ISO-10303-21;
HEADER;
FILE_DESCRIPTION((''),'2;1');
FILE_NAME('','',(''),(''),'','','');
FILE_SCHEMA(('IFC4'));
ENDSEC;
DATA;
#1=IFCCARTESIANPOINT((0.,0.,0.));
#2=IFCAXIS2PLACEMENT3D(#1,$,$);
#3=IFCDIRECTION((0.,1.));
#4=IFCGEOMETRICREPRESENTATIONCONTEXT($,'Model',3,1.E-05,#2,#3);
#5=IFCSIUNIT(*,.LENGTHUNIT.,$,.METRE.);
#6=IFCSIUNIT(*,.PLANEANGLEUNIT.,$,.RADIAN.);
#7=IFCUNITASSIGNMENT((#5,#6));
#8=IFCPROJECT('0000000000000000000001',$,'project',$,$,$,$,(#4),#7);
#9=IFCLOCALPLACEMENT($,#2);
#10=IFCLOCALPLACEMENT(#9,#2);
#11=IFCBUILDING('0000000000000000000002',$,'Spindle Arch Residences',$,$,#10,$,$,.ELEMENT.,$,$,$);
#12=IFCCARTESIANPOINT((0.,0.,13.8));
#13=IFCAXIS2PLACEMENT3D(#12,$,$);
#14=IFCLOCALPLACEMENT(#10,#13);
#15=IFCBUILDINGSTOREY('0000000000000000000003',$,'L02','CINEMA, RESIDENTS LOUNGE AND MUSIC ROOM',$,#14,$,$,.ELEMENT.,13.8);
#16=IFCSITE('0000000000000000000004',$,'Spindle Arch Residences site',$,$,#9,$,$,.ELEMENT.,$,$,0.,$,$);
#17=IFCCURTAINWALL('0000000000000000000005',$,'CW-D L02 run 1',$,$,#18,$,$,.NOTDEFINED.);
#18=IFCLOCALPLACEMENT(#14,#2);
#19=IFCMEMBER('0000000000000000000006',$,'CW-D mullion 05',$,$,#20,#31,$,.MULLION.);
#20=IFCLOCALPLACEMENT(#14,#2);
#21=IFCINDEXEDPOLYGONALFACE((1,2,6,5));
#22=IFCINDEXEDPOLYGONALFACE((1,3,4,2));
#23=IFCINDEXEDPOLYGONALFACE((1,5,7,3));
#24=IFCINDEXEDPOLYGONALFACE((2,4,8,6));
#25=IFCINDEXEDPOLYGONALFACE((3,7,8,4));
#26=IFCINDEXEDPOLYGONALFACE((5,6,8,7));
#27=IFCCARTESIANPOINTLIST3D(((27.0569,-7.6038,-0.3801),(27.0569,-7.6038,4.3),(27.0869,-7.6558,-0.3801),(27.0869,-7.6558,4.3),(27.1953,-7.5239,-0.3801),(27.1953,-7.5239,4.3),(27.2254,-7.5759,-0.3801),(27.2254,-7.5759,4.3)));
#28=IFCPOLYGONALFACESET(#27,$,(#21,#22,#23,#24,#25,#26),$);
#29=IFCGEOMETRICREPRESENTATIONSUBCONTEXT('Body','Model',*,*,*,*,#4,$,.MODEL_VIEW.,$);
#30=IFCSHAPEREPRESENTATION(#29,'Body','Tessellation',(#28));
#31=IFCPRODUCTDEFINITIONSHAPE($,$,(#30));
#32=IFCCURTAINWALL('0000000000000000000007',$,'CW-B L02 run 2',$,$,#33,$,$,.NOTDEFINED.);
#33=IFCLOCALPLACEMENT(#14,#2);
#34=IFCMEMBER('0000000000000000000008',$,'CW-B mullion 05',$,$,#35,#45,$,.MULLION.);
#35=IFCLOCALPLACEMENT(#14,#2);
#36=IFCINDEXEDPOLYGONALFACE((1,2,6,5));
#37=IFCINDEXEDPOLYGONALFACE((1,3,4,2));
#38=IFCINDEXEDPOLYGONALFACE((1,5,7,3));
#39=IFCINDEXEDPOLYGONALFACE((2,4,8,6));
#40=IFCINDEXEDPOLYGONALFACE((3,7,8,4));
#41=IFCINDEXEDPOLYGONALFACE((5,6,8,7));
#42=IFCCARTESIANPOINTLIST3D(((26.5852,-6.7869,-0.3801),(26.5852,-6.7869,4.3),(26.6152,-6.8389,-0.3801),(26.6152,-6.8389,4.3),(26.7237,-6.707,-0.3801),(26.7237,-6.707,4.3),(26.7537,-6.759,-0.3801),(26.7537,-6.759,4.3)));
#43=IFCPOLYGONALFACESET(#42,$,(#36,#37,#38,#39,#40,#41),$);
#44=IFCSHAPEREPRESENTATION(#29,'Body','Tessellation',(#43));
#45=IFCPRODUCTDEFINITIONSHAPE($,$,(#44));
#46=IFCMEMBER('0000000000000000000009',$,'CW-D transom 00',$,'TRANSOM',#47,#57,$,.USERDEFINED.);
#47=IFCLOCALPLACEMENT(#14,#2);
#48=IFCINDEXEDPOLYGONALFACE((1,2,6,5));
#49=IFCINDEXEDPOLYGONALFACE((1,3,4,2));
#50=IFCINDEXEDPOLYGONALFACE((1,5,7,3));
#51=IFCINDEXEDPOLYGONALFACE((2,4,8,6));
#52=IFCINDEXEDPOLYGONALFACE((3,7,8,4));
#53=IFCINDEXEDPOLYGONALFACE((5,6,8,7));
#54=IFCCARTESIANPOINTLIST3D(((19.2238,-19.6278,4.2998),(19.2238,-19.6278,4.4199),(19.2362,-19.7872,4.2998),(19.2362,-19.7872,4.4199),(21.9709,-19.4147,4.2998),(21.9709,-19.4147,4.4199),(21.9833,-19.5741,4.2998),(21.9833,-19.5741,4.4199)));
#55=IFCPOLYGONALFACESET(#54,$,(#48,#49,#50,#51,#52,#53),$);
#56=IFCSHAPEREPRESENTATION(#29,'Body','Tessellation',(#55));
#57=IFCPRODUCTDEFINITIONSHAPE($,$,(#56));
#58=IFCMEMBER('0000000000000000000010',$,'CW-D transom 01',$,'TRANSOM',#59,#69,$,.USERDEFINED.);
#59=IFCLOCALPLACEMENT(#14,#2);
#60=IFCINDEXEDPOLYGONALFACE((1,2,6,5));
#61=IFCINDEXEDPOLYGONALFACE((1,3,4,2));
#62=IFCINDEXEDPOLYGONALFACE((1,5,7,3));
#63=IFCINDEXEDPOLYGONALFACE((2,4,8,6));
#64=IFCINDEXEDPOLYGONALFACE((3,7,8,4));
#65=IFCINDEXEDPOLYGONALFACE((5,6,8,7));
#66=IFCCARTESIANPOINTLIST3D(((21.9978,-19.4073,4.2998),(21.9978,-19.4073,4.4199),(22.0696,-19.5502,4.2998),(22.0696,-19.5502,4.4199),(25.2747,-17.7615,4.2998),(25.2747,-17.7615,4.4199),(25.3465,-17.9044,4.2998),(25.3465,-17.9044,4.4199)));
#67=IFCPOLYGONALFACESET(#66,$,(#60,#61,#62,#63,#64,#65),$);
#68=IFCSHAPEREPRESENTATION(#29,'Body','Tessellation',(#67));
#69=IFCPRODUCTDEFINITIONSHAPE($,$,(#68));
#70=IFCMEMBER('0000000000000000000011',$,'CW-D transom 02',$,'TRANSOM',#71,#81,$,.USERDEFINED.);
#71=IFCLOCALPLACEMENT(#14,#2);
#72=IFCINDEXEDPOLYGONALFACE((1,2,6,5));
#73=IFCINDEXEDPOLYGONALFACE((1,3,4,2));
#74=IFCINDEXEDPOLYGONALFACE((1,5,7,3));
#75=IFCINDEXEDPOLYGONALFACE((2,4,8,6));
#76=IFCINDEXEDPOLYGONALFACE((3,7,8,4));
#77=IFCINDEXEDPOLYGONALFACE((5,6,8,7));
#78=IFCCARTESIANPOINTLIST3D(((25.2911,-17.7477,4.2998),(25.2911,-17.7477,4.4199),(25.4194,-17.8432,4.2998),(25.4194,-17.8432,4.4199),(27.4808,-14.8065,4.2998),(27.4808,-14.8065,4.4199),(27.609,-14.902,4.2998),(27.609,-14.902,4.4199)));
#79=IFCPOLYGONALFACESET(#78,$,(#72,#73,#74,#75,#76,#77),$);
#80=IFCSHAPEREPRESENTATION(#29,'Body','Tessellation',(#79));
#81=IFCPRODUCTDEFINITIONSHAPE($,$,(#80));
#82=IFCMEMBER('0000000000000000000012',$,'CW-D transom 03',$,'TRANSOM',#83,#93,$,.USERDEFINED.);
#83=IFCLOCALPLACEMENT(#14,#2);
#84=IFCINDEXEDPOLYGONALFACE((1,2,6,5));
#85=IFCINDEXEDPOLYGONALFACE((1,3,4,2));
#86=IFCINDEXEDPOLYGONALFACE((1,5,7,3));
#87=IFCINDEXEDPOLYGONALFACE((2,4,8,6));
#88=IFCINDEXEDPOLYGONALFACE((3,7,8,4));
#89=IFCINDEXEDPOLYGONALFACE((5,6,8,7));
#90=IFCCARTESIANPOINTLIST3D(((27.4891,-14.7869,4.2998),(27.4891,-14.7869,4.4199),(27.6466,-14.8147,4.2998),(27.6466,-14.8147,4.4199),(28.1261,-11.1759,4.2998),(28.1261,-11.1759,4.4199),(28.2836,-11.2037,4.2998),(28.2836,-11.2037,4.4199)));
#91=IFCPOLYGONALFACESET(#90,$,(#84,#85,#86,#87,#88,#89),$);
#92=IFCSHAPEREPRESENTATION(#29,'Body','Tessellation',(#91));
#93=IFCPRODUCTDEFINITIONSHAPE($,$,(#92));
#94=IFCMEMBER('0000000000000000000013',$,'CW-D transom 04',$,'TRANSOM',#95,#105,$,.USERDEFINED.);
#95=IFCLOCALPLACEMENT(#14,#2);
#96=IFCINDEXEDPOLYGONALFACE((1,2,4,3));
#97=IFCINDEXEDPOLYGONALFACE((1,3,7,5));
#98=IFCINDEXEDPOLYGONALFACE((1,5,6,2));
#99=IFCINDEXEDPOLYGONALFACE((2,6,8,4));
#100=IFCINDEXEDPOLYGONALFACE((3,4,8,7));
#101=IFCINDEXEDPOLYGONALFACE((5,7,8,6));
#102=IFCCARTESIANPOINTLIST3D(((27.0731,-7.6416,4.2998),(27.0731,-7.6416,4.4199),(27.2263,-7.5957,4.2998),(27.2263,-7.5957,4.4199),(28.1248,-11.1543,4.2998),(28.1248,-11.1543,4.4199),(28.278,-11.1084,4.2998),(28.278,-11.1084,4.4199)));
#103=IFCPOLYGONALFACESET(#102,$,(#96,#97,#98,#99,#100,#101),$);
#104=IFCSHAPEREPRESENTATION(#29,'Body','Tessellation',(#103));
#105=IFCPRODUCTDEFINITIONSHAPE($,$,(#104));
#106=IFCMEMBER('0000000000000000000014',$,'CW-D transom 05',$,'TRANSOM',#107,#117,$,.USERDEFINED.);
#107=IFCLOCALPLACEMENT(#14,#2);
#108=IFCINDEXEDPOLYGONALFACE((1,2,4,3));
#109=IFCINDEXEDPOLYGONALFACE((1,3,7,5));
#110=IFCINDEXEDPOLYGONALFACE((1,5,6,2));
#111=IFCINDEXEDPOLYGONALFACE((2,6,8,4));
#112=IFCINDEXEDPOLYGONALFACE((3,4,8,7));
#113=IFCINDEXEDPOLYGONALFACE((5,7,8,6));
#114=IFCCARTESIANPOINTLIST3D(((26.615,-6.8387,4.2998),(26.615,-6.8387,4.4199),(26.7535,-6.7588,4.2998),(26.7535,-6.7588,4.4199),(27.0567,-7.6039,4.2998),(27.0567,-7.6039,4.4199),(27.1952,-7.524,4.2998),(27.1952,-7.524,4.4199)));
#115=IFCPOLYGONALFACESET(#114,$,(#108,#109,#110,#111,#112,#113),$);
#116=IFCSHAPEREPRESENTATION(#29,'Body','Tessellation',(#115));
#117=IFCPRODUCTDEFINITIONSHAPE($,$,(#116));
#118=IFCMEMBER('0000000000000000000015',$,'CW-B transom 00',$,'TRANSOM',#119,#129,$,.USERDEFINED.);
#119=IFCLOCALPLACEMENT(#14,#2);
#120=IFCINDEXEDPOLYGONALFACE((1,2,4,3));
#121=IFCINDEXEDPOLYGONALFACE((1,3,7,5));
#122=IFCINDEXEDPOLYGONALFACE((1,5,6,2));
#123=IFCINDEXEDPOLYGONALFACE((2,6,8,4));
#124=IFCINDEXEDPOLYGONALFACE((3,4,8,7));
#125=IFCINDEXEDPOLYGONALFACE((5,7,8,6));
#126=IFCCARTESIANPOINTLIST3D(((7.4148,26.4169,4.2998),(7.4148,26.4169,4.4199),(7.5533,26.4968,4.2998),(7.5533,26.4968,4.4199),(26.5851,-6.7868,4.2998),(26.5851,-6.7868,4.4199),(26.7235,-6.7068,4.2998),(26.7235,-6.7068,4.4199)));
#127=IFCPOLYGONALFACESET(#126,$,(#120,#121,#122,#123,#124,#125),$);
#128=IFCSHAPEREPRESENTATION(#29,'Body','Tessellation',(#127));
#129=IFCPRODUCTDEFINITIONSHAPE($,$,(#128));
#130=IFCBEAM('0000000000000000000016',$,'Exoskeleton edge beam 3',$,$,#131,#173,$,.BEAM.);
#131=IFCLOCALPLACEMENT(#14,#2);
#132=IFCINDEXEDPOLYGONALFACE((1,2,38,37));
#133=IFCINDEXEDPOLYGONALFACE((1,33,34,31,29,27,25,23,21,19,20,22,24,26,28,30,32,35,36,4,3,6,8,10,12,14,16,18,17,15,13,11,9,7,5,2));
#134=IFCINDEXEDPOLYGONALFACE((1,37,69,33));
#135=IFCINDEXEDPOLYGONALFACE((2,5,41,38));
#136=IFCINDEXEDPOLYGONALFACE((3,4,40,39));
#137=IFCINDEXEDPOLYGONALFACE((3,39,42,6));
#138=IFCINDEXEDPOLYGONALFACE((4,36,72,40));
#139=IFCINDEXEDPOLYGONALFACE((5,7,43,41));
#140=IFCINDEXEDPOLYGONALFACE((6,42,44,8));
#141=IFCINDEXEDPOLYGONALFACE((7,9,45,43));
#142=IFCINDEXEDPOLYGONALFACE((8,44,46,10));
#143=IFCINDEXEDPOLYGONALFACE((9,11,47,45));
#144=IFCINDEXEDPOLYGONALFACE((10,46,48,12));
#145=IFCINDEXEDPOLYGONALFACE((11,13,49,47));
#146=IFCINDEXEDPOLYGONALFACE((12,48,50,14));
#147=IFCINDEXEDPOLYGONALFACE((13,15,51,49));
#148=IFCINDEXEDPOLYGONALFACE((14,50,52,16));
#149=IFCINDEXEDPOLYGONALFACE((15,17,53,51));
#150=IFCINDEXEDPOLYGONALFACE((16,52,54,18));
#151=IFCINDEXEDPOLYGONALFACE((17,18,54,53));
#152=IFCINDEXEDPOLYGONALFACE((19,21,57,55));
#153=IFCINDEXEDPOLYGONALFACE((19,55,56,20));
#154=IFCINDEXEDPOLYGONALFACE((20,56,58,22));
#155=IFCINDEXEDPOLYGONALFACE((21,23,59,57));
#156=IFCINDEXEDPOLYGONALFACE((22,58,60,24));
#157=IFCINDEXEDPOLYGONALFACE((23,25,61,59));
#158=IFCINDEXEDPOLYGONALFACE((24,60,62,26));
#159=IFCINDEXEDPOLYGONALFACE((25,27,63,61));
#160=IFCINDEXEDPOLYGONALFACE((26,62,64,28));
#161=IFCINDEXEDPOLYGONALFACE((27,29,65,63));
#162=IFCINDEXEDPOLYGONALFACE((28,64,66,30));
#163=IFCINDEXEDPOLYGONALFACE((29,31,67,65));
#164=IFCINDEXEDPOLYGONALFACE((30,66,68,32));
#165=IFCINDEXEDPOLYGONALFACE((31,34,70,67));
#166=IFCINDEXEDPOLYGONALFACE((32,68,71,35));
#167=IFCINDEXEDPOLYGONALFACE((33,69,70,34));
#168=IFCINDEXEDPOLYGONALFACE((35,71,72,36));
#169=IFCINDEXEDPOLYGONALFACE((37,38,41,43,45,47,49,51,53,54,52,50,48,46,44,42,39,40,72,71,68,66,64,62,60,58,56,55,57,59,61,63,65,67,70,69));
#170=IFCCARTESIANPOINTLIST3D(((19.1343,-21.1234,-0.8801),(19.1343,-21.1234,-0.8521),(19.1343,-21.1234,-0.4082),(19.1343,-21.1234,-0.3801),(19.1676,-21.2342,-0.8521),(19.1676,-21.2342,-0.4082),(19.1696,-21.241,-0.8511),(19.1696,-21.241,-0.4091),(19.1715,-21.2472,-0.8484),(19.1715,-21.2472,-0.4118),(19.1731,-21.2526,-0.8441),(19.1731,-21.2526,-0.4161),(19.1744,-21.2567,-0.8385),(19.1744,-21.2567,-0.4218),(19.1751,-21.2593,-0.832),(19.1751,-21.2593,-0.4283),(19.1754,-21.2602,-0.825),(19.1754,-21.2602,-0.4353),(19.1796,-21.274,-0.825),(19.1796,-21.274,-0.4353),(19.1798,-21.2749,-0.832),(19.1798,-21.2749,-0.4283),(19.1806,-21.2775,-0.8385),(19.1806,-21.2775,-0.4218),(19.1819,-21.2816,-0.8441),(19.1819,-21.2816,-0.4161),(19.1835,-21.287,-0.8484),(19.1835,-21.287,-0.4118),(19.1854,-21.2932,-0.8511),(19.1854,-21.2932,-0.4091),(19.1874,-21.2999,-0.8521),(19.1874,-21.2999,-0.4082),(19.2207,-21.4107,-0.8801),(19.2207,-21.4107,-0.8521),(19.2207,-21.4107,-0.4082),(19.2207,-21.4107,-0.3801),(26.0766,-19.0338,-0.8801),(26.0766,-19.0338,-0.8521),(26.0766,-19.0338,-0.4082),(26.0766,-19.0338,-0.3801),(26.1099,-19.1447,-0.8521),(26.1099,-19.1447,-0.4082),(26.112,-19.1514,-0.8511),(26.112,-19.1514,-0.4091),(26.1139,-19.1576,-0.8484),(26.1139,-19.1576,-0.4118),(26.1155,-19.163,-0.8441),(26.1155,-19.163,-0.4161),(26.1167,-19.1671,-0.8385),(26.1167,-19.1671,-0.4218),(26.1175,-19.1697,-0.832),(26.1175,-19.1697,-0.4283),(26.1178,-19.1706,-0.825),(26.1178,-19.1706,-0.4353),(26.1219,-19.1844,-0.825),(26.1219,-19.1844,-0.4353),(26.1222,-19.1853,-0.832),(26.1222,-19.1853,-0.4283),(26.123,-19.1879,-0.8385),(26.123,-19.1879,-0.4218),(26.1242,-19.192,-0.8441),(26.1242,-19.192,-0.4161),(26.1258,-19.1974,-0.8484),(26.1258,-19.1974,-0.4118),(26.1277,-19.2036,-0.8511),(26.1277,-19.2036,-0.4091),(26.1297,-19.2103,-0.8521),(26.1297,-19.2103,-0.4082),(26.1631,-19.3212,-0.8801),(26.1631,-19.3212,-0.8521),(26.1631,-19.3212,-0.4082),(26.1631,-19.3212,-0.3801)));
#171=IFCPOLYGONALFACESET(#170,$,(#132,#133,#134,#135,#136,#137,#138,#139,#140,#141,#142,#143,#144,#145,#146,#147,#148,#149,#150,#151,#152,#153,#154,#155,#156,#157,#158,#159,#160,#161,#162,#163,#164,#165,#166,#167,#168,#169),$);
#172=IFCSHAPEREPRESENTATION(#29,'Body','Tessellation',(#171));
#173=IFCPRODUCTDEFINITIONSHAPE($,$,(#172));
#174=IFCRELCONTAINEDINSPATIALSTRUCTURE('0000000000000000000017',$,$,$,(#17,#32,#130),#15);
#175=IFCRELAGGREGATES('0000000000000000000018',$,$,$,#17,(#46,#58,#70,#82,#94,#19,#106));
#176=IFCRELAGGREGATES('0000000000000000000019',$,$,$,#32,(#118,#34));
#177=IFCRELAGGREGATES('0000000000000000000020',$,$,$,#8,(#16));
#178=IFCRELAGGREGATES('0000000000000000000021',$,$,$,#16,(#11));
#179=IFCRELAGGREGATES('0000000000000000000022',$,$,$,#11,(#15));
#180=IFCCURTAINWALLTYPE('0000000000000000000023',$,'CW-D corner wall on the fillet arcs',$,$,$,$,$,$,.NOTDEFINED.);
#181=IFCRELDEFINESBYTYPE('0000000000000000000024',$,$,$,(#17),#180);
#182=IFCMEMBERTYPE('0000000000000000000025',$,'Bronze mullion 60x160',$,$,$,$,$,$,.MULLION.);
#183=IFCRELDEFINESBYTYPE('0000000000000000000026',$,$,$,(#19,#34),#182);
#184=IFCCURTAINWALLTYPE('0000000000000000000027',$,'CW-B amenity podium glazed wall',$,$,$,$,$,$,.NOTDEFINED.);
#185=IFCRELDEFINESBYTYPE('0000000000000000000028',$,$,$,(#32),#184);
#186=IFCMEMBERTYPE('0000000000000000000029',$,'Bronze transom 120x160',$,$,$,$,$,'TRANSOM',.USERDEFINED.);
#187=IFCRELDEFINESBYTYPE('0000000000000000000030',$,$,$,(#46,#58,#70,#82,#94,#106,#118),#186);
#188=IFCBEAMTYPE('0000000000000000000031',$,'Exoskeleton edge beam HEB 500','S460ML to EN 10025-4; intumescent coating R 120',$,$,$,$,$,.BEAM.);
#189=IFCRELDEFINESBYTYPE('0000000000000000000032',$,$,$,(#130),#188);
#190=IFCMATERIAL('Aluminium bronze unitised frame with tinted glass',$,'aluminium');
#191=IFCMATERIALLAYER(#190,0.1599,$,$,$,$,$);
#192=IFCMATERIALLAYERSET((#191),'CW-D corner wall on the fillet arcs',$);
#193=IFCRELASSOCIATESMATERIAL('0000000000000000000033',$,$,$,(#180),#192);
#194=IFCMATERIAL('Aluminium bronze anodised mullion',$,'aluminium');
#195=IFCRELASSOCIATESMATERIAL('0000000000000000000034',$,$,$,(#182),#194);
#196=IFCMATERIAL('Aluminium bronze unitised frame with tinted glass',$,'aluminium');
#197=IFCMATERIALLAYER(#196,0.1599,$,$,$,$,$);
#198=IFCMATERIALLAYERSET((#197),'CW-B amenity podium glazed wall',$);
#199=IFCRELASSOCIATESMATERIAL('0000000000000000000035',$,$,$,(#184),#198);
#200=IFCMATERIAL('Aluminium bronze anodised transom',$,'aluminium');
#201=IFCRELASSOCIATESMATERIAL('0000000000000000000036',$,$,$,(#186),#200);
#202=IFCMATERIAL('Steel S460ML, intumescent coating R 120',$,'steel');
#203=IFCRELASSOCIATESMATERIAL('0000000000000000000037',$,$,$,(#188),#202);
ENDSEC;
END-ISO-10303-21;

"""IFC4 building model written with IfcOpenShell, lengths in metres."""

from ifc_helpers import new_model, si_unit, direction, frame, origin, origin_2d, place, context, subcontext, project, spatial, rectangle, i_section, extrude, material, layer, layer_set, material_profile, profile_set, type_object, element, aggregate, save


model = new_model("IFC4")

# Units and contexts
model_context = context("Model", 3, precision=1e-05, world=origin(), true_north=direction((0.0, 1.0)))
body_context = subcontext(model_context, "Body", "Model", "MODEL_VIEW")
ifc_project = project(units=[si_unit("LENGTHUNIT", "METRE"), si_unit("PLANEANGLEUNIT", "RADIAN")], contexts=[model_context])

# Site, building, storey
site_placement = place(None, origin())
site = spatial("IfcSite", under=ifc_project, at=site_placement, Name="Spindle Arch Residences site", CompositionType="ELEMENT", RefElevation=0.0)
building_placement = place(site_placement, origin())
building = spatial("IfcBuilding", under=site, at=building_placement, Name="Spindle Arch Residences", CompositionType="ELEMENT")
storey_placement = place(building_placement, frame((0.0, 0.0, 13.8)))
storey = spatial("IfcBuildingStorey", under=building, at=storey_placement, Name="L02", Description="CINEMA, RESIDENTS LOUNGE AND MUSIC ROOM", CompositionType="ELEMENT", Elevation=13.8)

# Curtain wall, member
ifc_material_1 = material(Name="Aluminium bronze unitised frame with tinted glass", Category="aluminium")
ifc_layer_1 = layer(ifc_material_1, 0.1599)
ifc_layer_set_1 = layer_set([ifc_layer_1], Name="CW-D corner wall on the fillet arcs")
curtain_wall_type_1 = type_object("IfcCurtainWallType", Name="CW-D corner wall on the fillet arcs", PredefinedType="NOTDEFINED", material=ifc_layer_set_1)
curtain_wall_1_placement = place(storey_placement, origin())
curtain_wall_1 = element("IfcCurtainWall", 1, at=curtain_wall_1_placement, inside=storey, type_object=curtain_wall_type_1, Name="CW-D L02 run 1", PredefinedType="NOTDEFINED")
ifc_material_2 = material(Name="Aluminium bronze anodised mullion", Category="aluminium")
ifc_material_profile_1 = material_profile(ifc_material_2, rectangle(XDim=0.1599, YDim=0.0601, at=origin_2d()), Name="MU 60x160")
ifc_profile_set_1 = profile_set([ifc_material_profile_1], Name="Aluminium bronze anodised mullion")
member_type_1 = type_object("IfcMemberType", Name="Bronze mullion 60x160", PredefinedType="MULLION", material=ifc_profile_set_1)
member_1_placement = place(storey_placement, frame((27.1411, -7.5898, -0.3801), z_axis=(0.0, 0.0, 1.0), x_axis=(-0.866025, -0.5, 0.0)))
member_1 = element("IfcMember", 2, at=member_1_placement, type_object=member_type_1, Name="CW-D mullion 05", PredefinedType="MULLION", context=body_context, shape_type="SweptSolid", body=[
    extrude(rectangle(XDim=0.1599, YDim=0.0601, at=origin_2d()), origin(), (0.0, 0.0, 1.0), 4.6802),
])

# Curtain wall, member
ifc_material_3 = material(Name="Aluminium bronze unitised frame with tinted glass", Category="aluminium")
ifc_layer_2 = layer(ifc_material_3, 0.1599)
ifc_layer_set_2 = layer_set([ifc_layer_2], Name="CW-B amenity podium glazed wall")
curtain_wall_type_2 = type_object("IfcCurtainWallType", Name="CW-B amenity podium glazed wall", PredefinedType="NOTDEFINED", material=ifc_layer_set_2)
curtain_wall_2_placement = place(storey_placement, origin())
curtain_wall_2 = element("IfcCurtainWall", 3, at=curtain_wall_2_placement, inside=storey, type_object=curtain_wall_type_2, Name="CW-B L02 run 2", PredefinedType="NOTDEFINED")
member_2_placement = place(storey_placement, frame((26.6694, -6.7729, -0.3801), z_axis=(0.0, 0.0, 1.0), x_axis=(-0.866025, -0.5, 0.0)))
member_2 = element("IfcMember", 4, at=member_2_placement, type_object=member_type_1, Name="CW-B mullion 05", PredefinedType="MULLION", context=body_context, shape_type="SweptSolid", body=[
    extrude(rectangle(XDim=0.1599, YDim=0.0601, at=origin_2d()), origin(), (0.0, 0.0, 1.0), 4.6802),
])

# Members
ifc_material_4 = material(Name="Aluminium bronze anodised transom", Category="aluminium")
ifc_material_profile_2 = material_profile(ifc_material_4, rectangle(XDim=0.1599, YDim=0.1201, at=origin_2d()), Name="TR 120x160")
ifc_profile_set_2 = profile_set([ifc_material_profile_2], Name="Aluminium bronze anodised transom")
member_type_2 = type_object("IfcMemberType", Name="Bronze transom 120x160", ElementType="TRANSOM", PredefinedType="USERDEFINED", material=ifc_profile_set_2)
member_3_placement = place(storey_placement, frame((19.23, -19.7075, 4.3599), z_axis=(0.997004, 0.077354, 0.0), x_axis=(-0.077354, 0.997004, 0.0)))
member_3 = element("IfcMember", 5, at=member_3_placement, type_object=member_type_2, Name="CW-D transom 00", ObjectType="TRANSOM", PredefinedType="USERDEFINED", context=body_context, shape_type="SweptSolid", body=[
    extrude(rectangle(XDim=0.1599, YDim=0.1201, at=origin_2d()), origin(), (0.0, 0.0, 1.0), 2.7554),
])
member_4_placement = place(storey_placement, frame((22.0337, -19.4788, 4.3599), z_axis=(0.893627, 0.448811, 0.0), x_axis=(-0.448811, 0.893627, 0.0)))
member_4 = element("IfcMember", 6, at=member_4_placement, type_object=member_type_2, Name="CW-D transom 01", ObjectType="TRANSOM", PredefinedType="USERDEFINED", context=body_context, shape_type="SweptSolid", body=[
    extrude(rectangle(XDim=0.1599, YDim=0.1201, at=origin_2d()), origin(), (0.0, 0.0, 1.0), 3.667),
])
member_5_placement = place(storey_placement, frame((25.3552, -17.7954, 4.3599), z_axis=(0.597173, 0.802112, 0.0), x_axis=(-0.802112, 0.597173, 0.0)))
member_5 = element("IfcMember", 7, at=member_5_placement, type_object=member_type_2, Name="CW-D transom 02", ObjectType="TRANSOM", PredefinedType="USERDEFINED", context=body_context, shape_type="SweptSolid", body=[
    extrude(rectangle(XDim=0.1599, YDim=0.1201, at=origin_2d()), origin(), (0.0, 0.0, 1.0), 3.6667),
])
member_6_placement = place(storey_placement, frame((27.5679, -14.8008, 4.3599), z_axis=(0.173709, 0.984797, 0.0), x_axis=(-0.984797, 0.173709, 0.0)))
member_6 = element("IfcMember", 8, at=member_6_placement, type_object=member_type_2, Name="CW-D transom 03", ObjectType="TRANSOM", PredefinedType="USERDEFINED", context=body_context, shape_type="SweptSolid", body=[
    extrude(rectangle(XDim=0.1599, YDim=0.1201, at=origin_2d()), origin(), (0.0, 0.0, 1.0), 3.6667),
])
member_7_placement = place(storey_placement, frame((28.2014, -11.1313, 4.3599), z_axis=(-0.286835, 0.95798, 0.0), x_axis=(-0.95798, -0.286835, 0.0)))
member_7 = element("IfcMember", 9, at=member_7_placement, type_object=member_type_2, Name="CW-D transom 04", ObjectType="TRANSOM", PredefinedType="USERDEFINED", context=body_context, shape_type="SweptSolid", body=[
    extrude(rectangle(XDim=0.1599, YDim=0.1201, at=origin_2d()), origin(), (0.0, 0.0, 1.0), 3.6667),
])
member_8_placement = place(storey_placement, frame((27.126, -7.564, 4.3599), z_axis=(-0.499914, 0.866075, 0.0), x_axis=(-0.866075, -0.499914, 0.0)))
member_8 = element("IfcMember", 10, at=member_8_placement, type_object=member_type_2, Name="CW-D transom 05", ObjectType="TRANSOM", PredefinedType="USERDEFINED", context=body_context, shape_type="SweptSolid", body=[
    extrude(rectangle(XDim=0.1599, YDim=0.1201, at=origin_2d()), origin(), (0.0, 0.0, 1.0), 0.8835),
])
member_9_placement = place(storey_placement, frame((26.6543, -6.7468, 4.3599), z_axis=(-0.500001, 0.866025, 0.0), x_axis=(-0.866025, -0.500001, 0.0)))
member_9 = element("IfcMember", 11, at=member_9_placement, type_object=member_type_2, Name="CW-B transom 00", ObjectType="TRANSOM", PredefinedType="USERDEFINED", context=body_context, shape_type="SweptSolid", body=[
    extrude(rectangle(XDim=0.1599, YDim=0.1201, at=origin_2d()), origin(), (0.0, 0.0, 1.0), 38.3403),
])

# Beam
ifc_material_5 = material(Name="Steel S460ML, intumescent coating R 120", Category="steel")
ifc_material_profile_3 = material_profile(ifc_material_5, i_section(OverallWidth=0.3, OverallDepth=0.5, WebThickness=0.0144, FlangeThickness=0.0281, FilletRadius=0.0271, at=origin_2d()), Name="HEB 500")
ifc_profile_set_3 = profile_set([ifc_material_profile_3], Name="Steel S460ML, intumescent coating R 120")
beam_type_1 = type_object("IfcBeamType", Name="Exoskeleton edge beam HEB 500", Description="S460ML to EN 10025-4; intumescent coating R 120", PredefinedType="BEAM", material=ifc_profile_set_3)
beam_1_placement = place(storey_placement, frame((19.1775, -21.2671, -0.6301), z_axis=(0.957565, 0.288219, 0.0), x_axis=(-0.288219, 0.957565, 0.0)))
element("IfcBeam", 12, at=beam_1_placement, inside=storey, type_object=beam_type_1, Name="Exoskeleton edge beam 3", PredefinedType="BEAM", context=body_context, shape_type="SweptSolid", body=[
    extrude(i_section(OverallWidth=0.3, OverallDepth=0.5, WebThickness=0.0144, FlangeThickness=0.0281, FilletRadius=0.0271, at=origin_2d()), origin(), (0.0, 0.0, 1.0), 7.25),
])

aggregate(curtain_wall_1, [member_3, member_4, member_5, member_6, member_7, member_1, member_8])
aggregate(curtain_wall_2, [member_9, member_2])

save(model, "model.ifc")
